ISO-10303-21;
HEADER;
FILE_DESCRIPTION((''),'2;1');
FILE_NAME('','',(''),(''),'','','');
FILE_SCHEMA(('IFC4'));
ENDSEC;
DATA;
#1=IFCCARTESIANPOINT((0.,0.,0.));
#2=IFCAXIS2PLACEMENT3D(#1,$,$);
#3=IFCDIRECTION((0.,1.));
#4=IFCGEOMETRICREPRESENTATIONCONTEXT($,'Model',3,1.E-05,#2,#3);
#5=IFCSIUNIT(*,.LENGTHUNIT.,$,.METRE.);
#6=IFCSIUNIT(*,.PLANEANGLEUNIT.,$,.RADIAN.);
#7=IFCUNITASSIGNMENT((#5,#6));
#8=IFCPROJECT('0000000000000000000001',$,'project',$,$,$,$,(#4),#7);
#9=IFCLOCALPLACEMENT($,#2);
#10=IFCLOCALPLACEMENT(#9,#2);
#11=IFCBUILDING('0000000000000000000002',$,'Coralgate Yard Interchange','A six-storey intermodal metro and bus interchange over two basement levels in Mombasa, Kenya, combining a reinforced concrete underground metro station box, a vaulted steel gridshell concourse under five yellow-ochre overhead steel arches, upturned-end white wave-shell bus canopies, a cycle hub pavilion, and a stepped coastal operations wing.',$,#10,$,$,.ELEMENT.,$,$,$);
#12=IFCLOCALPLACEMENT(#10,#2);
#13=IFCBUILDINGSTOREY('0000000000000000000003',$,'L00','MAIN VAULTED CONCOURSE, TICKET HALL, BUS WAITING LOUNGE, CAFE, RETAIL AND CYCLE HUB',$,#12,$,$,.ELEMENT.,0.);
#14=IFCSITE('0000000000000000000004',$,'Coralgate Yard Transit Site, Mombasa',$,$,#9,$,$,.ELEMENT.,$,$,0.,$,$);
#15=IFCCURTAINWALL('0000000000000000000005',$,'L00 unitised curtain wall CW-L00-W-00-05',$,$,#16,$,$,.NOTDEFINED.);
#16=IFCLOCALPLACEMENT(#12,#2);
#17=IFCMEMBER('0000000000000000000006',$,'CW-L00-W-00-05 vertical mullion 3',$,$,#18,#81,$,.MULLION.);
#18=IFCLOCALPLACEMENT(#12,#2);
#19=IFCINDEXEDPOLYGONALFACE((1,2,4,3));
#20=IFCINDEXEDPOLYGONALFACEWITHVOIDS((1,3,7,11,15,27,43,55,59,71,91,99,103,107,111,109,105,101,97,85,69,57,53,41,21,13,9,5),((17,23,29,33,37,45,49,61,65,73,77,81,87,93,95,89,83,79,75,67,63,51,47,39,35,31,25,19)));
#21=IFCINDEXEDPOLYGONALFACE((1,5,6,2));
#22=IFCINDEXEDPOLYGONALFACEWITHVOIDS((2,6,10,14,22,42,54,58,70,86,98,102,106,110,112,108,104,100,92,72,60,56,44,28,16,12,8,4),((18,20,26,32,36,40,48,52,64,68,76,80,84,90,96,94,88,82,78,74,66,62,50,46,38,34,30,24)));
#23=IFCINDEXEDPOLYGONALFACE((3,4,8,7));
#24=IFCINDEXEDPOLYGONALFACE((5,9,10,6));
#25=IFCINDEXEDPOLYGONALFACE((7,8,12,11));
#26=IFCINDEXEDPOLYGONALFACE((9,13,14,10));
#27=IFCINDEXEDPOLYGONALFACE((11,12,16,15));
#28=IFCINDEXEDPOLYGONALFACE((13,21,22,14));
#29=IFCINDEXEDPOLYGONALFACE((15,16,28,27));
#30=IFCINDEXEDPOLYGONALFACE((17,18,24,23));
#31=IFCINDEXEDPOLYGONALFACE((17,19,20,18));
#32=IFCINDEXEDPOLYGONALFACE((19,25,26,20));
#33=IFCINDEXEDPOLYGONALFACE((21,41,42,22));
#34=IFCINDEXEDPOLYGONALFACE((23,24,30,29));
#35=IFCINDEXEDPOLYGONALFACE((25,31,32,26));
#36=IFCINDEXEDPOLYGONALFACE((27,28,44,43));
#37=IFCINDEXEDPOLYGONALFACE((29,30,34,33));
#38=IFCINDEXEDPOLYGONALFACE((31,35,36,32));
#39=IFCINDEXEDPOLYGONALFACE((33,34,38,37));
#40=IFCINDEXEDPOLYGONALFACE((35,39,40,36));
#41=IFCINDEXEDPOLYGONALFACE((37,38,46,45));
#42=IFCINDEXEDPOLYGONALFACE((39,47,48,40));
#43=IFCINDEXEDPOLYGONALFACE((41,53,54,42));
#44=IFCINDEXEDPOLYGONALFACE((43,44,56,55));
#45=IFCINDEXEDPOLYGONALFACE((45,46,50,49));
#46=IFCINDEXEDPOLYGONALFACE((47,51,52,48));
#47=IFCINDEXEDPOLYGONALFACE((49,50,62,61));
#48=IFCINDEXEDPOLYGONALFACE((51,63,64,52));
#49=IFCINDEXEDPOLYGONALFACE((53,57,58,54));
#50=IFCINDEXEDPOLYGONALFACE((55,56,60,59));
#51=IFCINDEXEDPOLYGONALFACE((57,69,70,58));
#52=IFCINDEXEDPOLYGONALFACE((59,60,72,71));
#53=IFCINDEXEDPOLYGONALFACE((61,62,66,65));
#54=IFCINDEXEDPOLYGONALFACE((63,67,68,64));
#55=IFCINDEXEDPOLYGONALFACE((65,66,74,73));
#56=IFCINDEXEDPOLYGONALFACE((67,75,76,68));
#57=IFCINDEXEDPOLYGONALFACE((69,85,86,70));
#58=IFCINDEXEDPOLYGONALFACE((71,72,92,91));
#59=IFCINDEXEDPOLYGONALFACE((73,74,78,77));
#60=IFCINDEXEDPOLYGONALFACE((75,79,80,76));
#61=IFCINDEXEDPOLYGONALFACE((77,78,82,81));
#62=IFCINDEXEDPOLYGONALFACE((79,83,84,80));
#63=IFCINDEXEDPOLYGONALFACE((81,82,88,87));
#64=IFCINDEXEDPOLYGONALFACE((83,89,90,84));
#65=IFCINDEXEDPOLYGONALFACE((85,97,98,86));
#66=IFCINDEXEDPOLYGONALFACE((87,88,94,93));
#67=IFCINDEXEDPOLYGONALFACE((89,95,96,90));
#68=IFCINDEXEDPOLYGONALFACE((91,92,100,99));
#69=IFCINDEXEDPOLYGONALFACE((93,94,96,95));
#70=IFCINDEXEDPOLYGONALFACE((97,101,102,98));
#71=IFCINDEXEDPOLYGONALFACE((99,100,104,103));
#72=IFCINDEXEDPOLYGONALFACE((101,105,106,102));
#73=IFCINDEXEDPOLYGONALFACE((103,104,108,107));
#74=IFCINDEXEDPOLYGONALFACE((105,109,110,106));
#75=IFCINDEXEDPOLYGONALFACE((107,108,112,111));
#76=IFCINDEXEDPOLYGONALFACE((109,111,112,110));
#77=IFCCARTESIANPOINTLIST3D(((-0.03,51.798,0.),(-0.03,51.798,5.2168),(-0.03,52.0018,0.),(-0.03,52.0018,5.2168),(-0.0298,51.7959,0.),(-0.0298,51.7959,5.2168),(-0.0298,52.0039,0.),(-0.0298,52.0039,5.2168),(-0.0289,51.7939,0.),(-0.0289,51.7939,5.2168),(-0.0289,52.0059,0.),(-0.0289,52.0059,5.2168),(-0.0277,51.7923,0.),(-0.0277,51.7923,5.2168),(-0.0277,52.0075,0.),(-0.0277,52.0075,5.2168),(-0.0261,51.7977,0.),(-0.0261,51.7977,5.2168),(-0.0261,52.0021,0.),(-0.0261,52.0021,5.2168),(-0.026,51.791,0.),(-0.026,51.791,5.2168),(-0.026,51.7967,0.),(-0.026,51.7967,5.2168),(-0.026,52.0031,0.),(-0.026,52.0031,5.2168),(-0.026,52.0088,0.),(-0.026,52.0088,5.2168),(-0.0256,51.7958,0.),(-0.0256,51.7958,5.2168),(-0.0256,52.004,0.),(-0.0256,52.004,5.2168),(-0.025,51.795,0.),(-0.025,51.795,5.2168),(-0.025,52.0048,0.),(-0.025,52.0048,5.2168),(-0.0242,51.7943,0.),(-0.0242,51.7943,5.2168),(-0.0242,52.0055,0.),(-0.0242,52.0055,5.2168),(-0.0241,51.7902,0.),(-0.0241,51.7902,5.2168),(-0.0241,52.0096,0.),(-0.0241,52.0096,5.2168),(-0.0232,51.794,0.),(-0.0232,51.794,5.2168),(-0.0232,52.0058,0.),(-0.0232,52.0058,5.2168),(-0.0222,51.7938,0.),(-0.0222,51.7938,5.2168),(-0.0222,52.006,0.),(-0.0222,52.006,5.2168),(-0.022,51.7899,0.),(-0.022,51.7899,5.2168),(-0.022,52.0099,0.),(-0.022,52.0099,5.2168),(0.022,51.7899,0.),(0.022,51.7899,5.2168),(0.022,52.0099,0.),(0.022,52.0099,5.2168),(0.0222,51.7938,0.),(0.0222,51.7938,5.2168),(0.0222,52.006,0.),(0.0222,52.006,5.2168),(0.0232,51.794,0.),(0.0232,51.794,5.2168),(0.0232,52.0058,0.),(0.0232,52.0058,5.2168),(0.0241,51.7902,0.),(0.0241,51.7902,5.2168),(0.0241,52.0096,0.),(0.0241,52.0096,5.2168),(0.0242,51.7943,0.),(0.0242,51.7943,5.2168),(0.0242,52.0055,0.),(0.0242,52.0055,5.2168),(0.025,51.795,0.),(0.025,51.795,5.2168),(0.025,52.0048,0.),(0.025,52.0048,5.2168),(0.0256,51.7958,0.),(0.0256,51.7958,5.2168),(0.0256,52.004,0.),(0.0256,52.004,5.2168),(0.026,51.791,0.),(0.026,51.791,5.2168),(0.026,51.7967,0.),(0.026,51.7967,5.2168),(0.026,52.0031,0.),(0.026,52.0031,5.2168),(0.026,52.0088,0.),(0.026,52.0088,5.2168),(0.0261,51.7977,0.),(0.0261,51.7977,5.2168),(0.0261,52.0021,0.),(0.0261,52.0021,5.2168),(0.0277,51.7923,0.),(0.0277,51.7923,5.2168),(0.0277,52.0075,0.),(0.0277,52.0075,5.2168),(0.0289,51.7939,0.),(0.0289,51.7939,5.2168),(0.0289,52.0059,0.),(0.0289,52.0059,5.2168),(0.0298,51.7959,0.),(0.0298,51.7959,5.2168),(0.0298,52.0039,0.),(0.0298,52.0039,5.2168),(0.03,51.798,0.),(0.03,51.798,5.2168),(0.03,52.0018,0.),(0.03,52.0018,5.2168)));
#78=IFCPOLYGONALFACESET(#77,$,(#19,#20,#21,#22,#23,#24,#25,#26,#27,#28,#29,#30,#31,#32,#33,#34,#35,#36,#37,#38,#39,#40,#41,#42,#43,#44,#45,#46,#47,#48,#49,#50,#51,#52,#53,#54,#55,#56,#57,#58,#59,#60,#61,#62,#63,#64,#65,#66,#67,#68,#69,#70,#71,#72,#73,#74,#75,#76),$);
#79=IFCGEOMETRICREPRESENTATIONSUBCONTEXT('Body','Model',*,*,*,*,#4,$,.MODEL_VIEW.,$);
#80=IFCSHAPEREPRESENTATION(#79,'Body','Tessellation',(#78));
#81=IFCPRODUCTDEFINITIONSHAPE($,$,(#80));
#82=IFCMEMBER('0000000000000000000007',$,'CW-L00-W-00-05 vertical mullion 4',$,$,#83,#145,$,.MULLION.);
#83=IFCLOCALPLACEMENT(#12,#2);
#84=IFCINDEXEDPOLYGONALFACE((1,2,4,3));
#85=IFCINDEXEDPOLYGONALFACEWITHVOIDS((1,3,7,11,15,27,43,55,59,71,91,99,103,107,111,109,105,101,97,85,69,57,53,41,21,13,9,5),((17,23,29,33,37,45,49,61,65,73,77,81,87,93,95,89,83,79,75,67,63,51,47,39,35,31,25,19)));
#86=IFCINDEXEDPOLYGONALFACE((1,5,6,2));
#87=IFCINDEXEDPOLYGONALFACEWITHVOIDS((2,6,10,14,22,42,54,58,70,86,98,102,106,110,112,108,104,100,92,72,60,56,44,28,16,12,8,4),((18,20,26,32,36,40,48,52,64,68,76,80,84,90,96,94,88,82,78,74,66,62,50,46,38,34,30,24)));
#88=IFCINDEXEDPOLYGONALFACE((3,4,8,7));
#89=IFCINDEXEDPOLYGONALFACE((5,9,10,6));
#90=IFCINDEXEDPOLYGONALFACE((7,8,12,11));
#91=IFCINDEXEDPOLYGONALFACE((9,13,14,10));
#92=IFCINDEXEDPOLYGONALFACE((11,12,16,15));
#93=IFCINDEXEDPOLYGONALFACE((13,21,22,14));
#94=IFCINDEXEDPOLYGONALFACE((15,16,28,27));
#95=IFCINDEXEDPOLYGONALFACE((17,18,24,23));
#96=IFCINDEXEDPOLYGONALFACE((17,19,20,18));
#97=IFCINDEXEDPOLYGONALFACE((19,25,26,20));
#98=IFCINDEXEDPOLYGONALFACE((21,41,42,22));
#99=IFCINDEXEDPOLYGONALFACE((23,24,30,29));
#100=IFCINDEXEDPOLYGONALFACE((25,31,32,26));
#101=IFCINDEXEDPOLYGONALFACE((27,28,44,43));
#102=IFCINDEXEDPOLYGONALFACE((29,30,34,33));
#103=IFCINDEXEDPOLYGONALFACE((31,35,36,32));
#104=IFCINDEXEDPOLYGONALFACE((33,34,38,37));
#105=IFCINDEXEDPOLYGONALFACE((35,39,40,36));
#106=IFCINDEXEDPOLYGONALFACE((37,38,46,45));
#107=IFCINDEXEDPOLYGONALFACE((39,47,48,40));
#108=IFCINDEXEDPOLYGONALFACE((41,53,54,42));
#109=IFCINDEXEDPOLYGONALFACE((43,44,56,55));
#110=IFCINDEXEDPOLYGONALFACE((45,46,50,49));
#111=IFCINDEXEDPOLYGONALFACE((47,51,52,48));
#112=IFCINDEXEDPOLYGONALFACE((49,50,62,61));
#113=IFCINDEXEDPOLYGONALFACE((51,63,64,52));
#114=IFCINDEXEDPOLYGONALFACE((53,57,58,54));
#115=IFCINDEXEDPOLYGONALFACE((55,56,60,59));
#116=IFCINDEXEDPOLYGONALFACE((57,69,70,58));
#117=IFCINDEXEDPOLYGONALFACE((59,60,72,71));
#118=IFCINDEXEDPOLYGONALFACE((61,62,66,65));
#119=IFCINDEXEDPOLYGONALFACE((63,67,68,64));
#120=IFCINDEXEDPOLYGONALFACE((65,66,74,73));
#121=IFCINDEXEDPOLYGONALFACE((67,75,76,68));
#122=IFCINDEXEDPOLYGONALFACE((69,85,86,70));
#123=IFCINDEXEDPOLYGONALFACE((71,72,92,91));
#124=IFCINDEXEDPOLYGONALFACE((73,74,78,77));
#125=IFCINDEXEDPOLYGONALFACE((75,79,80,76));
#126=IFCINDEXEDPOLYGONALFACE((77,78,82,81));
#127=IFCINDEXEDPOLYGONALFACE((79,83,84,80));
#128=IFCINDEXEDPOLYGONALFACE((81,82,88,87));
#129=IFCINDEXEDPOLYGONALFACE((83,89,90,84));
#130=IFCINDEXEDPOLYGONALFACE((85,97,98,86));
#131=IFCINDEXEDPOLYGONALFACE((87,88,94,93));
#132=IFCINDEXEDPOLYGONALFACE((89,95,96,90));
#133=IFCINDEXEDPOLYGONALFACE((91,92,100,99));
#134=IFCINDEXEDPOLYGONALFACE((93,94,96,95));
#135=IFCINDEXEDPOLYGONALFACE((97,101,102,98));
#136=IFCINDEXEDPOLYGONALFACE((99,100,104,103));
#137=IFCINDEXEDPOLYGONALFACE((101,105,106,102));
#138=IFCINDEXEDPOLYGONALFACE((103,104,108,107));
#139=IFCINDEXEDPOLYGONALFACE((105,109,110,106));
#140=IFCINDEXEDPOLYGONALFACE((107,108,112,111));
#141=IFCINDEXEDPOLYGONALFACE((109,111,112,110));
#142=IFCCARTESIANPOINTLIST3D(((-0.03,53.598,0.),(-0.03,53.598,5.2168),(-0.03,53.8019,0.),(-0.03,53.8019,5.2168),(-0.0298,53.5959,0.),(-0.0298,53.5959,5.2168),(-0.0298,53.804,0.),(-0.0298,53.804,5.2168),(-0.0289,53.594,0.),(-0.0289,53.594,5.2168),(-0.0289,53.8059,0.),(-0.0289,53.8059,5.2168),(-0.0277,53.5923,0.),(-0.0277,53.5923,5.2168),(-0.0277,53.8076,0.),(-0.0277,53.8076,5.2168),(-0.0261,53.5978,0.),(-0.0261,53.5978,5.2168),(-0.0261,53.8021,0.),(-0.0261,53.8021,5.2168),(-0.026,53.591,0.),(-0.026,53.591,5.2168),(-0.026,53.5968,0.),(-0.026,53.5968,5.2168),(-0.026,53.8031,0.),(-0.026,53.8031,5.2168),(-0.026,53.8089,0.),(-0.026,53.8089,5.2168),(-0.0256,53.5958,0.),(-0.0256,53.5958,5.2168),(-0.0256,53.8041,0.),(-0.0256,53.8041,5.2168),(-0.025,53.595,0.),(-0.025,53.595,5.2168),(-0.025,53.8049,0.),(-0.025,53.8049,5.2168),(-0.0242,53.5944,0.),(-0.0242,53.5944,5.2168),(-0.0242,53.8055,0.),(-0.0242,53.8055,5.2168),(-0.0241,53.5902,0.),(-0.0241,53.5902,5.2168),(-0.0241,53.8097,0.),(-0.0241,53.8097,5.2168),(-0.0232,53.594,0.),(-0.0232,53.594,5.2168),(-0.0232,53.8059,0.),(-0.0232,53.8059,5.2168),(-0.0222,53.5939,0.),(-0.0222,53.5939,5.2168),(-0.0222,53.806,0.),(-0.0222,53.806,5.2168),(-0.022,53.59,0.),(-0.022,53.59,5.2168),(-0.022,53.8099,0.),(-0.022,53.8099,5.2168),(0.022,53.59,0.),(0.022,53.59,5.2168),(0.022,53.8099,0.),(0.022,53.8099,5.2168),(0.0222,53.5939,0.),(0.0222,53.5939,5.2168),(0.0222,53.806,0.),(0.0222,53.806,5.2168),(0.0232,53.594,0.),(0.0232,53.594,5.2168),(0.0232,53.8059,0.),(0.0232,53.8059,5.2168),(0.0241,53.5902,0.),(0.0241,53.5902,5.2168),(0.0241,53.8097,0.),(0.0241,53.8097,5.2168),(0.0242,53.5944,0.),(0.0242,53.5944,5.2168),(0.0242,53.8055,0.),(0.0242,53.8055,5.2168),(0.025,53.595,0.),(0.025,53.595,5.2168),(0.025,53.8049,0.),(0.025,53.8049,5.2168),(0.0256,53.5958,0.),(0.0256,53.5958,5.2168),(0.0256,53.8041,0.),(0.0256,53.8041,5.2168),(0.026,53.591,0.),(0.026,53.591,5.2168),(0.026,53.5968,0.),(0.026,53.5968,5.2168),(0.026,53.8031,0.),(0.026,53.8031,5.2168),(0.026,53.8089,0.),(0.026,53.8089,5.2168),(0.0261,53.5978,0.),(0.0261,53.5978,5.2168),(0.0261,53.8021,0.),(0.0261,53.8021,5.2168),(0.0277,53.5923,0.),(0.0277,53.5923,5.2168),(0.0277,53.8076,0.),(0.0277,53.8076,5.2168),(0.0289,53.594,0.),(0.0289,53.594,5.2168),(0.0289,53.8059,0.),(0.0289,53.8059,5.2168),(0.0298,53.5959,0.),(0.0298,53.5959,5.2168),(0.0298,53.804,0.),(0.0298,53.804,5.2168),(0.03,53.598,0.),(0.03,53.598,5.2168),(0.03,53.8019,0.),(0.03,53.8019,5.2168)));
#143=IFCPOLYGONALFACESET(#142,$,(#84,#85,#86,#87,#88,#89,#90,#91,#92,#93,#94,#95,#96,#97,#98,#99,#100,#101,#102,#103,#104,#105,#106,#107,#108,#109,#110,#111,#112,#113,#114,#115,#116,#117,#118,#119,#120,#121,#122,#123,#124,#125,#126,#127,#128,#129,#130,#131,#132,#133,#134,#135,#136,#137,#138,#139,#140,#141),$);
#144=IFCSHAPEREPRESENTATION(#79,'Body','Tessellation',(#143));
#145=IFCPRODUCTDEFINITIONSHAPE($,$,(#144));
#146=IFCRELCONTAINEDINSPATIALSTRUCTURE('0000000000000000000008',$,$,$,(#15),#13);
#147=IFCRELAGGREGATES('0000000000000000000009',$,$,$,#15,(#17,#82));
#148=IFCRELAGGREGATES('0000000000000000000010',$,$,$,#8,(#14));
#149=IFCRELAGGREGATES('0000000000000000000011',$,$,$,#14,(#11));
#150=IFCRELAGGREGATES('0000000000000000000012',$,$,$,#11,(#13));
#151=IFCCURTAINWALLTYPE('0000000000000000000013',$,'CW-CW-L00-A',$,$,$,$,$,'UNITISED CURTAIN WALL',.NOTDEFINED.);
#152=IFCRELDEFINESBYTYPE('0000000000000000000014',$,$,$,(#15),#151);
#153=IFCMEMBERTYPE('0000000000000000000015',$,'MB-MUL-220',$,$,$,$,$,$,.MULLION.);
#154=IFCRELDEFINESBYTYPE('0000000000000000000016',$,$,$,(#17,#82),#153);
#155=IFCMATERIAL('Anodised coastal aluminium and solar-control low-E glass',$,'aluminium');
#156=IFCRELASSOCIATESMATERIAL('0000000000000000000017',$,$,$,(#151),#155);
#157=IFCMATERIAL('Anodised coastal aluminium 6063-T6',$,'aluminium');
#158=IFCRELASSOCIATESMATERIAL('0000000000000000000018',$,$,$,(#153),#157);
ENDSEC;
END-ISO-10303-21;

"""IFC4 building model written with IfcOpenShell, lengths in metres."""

from ifc_helpers import new_model, si_unit, direction, frame, origin, origin_2d, place, context, subcontext, project, spatial, hollow_rectangle, extrude, material, material_profile, profile_set, type_object, element, aggregate, save


model = new_model("IFC4")

# Units and contexts
model_context = context("Model", 3, precision=1e-05, world=origin(), true_north=direction((0.0, 1.0)))
body_context = subcontext(model_context, "Body", "Model", "MODEL_VIEW")
ifc_project = project(units=[si_unit("LENGTHUNIT", "METRE"), si_unit("PLANEANGLEUNIT", "RADIAN")], contexts=[model_context])

# Site, building, storey
site_placement = place(None, origin())
site = spatial("IfcSite", under=ifc_project, at=site_placement, Name="Coralgate Yard Transit Site, Mombasa", CompositionType="ELEMENT", RefElevation=0.0)
building_placement = place(site_placement, origin())
building = spatial("IfcBuilding", under=site, at=building_placement, Name="Coralgate Yard Interchange", Description="A six-storey intermodal metro and bus interchange over two basement levels in Mombasa, Kenya, combining a reinforced concrete underground metro station box, a vaulted steel gridshell concourse under five yellow-ochre overhead steel arches, upturned-end white wave-shell bus canopies, a cycle hub pavilion, and a stepped coastal operations wing.", CompositionType="ELEMENT")
storey_placement = place(building_placement, origin())
storey = spatial("IfcBuildingStorey", under=building, at=storey_placement, Name="L00", Description="MAIN VAULTED CONCOURSE, TICKET HALL, BUS WAITING LOUNGE, CAFE, RETAIL AND CYCLE HUB", CompositionType="ELEMENT", Elevation=0.0)

# Curtain wall, members
ifc_material_1 = material(Name="Anodised coastal aluminium and solar-control low-E glass", Category="aluminium")
curtain_wall_type = type_object("IfcCurtainWallType", Name="CW-CW-L00-A", ElementType="UNITISED CURTAIN WALL", PredefinedType="NOTDEFINED", material=ifc_material_1)
curtain_wall_placement = place(storey_placement, origin())
curtain_wall = element("IfcCurtainWall", 1, at=curtain_wall_placement, inside=storey, type_object=curtain_wall_type, Name="L00 unitised curtain wall CW-L00-W-00-05", PredefinedType="NOTDEFINED")
ifc_material_2 = material(Name="Anodised coastal aluminium 6063-T6", Category="aluminium")
ifc_material_profile_1 = material_profile(ifc_material_2, hollow_rectangle(XDim=0.0601, YDim=0.22, WallThickness=0.0039, InnerFilletRadius=0.0039, OuterFilletRadius=0.0081, at=origin_2d()), Name="ALU 60x220x4")
ifc_profile_set_1 = profile_set([ifc_material_profile_1], Name="Anodised coastal aluminium 6063-T6")
member_type_1 = type_object("IfcMemberType", Name="MB-MUL-220", PredefinedType="MULLION", material=ifc_profile_set_1)
member_1_placement = place(storey_placement, frame((0.0, 51.8999, 0.0), z_axis=(0.0, 0.0, 1.0), x_axis=(1.0, 0.0, 0.0)))
member_1 = element("IfcMember", 2, at=member_1_placement, type_object=member_type_1, Name="CW-L00-W-00-05 vertical mullion 3", PredefinedType="MULLION", context=body_context, shape_type="SweptSolid", body=[
    extrude(hollow_rectangle(XDim=0.0601, YDim=0.22, WallThickness=0.0039, InnerFilletRadius=0.0039, OuterFilletRadius=0.0081, at=origin_2d()), origin(), (0.0, 0.0, 1.0), 5.2168),
])
member_2_placement = place(storey_placement, frame((0.0, 53.7, 0.0), z_axis=(0.0, 0.0, 1.0), x_axis=(1.0, 0.0, 0.0)))
member_2 = element("IfcMember", 3, at=member_2_placement, type_object=member_type_1, Name="CW-L00-W-00-05 vertical mullion 4", PredefinedType="MULLION", context=body_context, shape_type="SweptSolid", body=[
    extrude(hollow_rectangle(XDim=0.0601, YDim=0.22, WallThickness=0.0039, InnerFilletRadius=0.0039, OuterFilletRadius=0.0081, at=origin_2d()), origin(), (0.0, 0.0, 1.0), 5.2168),
])
aggregate(curtain_wall, [member_1, member_2])

save(model, "model.ifc")
